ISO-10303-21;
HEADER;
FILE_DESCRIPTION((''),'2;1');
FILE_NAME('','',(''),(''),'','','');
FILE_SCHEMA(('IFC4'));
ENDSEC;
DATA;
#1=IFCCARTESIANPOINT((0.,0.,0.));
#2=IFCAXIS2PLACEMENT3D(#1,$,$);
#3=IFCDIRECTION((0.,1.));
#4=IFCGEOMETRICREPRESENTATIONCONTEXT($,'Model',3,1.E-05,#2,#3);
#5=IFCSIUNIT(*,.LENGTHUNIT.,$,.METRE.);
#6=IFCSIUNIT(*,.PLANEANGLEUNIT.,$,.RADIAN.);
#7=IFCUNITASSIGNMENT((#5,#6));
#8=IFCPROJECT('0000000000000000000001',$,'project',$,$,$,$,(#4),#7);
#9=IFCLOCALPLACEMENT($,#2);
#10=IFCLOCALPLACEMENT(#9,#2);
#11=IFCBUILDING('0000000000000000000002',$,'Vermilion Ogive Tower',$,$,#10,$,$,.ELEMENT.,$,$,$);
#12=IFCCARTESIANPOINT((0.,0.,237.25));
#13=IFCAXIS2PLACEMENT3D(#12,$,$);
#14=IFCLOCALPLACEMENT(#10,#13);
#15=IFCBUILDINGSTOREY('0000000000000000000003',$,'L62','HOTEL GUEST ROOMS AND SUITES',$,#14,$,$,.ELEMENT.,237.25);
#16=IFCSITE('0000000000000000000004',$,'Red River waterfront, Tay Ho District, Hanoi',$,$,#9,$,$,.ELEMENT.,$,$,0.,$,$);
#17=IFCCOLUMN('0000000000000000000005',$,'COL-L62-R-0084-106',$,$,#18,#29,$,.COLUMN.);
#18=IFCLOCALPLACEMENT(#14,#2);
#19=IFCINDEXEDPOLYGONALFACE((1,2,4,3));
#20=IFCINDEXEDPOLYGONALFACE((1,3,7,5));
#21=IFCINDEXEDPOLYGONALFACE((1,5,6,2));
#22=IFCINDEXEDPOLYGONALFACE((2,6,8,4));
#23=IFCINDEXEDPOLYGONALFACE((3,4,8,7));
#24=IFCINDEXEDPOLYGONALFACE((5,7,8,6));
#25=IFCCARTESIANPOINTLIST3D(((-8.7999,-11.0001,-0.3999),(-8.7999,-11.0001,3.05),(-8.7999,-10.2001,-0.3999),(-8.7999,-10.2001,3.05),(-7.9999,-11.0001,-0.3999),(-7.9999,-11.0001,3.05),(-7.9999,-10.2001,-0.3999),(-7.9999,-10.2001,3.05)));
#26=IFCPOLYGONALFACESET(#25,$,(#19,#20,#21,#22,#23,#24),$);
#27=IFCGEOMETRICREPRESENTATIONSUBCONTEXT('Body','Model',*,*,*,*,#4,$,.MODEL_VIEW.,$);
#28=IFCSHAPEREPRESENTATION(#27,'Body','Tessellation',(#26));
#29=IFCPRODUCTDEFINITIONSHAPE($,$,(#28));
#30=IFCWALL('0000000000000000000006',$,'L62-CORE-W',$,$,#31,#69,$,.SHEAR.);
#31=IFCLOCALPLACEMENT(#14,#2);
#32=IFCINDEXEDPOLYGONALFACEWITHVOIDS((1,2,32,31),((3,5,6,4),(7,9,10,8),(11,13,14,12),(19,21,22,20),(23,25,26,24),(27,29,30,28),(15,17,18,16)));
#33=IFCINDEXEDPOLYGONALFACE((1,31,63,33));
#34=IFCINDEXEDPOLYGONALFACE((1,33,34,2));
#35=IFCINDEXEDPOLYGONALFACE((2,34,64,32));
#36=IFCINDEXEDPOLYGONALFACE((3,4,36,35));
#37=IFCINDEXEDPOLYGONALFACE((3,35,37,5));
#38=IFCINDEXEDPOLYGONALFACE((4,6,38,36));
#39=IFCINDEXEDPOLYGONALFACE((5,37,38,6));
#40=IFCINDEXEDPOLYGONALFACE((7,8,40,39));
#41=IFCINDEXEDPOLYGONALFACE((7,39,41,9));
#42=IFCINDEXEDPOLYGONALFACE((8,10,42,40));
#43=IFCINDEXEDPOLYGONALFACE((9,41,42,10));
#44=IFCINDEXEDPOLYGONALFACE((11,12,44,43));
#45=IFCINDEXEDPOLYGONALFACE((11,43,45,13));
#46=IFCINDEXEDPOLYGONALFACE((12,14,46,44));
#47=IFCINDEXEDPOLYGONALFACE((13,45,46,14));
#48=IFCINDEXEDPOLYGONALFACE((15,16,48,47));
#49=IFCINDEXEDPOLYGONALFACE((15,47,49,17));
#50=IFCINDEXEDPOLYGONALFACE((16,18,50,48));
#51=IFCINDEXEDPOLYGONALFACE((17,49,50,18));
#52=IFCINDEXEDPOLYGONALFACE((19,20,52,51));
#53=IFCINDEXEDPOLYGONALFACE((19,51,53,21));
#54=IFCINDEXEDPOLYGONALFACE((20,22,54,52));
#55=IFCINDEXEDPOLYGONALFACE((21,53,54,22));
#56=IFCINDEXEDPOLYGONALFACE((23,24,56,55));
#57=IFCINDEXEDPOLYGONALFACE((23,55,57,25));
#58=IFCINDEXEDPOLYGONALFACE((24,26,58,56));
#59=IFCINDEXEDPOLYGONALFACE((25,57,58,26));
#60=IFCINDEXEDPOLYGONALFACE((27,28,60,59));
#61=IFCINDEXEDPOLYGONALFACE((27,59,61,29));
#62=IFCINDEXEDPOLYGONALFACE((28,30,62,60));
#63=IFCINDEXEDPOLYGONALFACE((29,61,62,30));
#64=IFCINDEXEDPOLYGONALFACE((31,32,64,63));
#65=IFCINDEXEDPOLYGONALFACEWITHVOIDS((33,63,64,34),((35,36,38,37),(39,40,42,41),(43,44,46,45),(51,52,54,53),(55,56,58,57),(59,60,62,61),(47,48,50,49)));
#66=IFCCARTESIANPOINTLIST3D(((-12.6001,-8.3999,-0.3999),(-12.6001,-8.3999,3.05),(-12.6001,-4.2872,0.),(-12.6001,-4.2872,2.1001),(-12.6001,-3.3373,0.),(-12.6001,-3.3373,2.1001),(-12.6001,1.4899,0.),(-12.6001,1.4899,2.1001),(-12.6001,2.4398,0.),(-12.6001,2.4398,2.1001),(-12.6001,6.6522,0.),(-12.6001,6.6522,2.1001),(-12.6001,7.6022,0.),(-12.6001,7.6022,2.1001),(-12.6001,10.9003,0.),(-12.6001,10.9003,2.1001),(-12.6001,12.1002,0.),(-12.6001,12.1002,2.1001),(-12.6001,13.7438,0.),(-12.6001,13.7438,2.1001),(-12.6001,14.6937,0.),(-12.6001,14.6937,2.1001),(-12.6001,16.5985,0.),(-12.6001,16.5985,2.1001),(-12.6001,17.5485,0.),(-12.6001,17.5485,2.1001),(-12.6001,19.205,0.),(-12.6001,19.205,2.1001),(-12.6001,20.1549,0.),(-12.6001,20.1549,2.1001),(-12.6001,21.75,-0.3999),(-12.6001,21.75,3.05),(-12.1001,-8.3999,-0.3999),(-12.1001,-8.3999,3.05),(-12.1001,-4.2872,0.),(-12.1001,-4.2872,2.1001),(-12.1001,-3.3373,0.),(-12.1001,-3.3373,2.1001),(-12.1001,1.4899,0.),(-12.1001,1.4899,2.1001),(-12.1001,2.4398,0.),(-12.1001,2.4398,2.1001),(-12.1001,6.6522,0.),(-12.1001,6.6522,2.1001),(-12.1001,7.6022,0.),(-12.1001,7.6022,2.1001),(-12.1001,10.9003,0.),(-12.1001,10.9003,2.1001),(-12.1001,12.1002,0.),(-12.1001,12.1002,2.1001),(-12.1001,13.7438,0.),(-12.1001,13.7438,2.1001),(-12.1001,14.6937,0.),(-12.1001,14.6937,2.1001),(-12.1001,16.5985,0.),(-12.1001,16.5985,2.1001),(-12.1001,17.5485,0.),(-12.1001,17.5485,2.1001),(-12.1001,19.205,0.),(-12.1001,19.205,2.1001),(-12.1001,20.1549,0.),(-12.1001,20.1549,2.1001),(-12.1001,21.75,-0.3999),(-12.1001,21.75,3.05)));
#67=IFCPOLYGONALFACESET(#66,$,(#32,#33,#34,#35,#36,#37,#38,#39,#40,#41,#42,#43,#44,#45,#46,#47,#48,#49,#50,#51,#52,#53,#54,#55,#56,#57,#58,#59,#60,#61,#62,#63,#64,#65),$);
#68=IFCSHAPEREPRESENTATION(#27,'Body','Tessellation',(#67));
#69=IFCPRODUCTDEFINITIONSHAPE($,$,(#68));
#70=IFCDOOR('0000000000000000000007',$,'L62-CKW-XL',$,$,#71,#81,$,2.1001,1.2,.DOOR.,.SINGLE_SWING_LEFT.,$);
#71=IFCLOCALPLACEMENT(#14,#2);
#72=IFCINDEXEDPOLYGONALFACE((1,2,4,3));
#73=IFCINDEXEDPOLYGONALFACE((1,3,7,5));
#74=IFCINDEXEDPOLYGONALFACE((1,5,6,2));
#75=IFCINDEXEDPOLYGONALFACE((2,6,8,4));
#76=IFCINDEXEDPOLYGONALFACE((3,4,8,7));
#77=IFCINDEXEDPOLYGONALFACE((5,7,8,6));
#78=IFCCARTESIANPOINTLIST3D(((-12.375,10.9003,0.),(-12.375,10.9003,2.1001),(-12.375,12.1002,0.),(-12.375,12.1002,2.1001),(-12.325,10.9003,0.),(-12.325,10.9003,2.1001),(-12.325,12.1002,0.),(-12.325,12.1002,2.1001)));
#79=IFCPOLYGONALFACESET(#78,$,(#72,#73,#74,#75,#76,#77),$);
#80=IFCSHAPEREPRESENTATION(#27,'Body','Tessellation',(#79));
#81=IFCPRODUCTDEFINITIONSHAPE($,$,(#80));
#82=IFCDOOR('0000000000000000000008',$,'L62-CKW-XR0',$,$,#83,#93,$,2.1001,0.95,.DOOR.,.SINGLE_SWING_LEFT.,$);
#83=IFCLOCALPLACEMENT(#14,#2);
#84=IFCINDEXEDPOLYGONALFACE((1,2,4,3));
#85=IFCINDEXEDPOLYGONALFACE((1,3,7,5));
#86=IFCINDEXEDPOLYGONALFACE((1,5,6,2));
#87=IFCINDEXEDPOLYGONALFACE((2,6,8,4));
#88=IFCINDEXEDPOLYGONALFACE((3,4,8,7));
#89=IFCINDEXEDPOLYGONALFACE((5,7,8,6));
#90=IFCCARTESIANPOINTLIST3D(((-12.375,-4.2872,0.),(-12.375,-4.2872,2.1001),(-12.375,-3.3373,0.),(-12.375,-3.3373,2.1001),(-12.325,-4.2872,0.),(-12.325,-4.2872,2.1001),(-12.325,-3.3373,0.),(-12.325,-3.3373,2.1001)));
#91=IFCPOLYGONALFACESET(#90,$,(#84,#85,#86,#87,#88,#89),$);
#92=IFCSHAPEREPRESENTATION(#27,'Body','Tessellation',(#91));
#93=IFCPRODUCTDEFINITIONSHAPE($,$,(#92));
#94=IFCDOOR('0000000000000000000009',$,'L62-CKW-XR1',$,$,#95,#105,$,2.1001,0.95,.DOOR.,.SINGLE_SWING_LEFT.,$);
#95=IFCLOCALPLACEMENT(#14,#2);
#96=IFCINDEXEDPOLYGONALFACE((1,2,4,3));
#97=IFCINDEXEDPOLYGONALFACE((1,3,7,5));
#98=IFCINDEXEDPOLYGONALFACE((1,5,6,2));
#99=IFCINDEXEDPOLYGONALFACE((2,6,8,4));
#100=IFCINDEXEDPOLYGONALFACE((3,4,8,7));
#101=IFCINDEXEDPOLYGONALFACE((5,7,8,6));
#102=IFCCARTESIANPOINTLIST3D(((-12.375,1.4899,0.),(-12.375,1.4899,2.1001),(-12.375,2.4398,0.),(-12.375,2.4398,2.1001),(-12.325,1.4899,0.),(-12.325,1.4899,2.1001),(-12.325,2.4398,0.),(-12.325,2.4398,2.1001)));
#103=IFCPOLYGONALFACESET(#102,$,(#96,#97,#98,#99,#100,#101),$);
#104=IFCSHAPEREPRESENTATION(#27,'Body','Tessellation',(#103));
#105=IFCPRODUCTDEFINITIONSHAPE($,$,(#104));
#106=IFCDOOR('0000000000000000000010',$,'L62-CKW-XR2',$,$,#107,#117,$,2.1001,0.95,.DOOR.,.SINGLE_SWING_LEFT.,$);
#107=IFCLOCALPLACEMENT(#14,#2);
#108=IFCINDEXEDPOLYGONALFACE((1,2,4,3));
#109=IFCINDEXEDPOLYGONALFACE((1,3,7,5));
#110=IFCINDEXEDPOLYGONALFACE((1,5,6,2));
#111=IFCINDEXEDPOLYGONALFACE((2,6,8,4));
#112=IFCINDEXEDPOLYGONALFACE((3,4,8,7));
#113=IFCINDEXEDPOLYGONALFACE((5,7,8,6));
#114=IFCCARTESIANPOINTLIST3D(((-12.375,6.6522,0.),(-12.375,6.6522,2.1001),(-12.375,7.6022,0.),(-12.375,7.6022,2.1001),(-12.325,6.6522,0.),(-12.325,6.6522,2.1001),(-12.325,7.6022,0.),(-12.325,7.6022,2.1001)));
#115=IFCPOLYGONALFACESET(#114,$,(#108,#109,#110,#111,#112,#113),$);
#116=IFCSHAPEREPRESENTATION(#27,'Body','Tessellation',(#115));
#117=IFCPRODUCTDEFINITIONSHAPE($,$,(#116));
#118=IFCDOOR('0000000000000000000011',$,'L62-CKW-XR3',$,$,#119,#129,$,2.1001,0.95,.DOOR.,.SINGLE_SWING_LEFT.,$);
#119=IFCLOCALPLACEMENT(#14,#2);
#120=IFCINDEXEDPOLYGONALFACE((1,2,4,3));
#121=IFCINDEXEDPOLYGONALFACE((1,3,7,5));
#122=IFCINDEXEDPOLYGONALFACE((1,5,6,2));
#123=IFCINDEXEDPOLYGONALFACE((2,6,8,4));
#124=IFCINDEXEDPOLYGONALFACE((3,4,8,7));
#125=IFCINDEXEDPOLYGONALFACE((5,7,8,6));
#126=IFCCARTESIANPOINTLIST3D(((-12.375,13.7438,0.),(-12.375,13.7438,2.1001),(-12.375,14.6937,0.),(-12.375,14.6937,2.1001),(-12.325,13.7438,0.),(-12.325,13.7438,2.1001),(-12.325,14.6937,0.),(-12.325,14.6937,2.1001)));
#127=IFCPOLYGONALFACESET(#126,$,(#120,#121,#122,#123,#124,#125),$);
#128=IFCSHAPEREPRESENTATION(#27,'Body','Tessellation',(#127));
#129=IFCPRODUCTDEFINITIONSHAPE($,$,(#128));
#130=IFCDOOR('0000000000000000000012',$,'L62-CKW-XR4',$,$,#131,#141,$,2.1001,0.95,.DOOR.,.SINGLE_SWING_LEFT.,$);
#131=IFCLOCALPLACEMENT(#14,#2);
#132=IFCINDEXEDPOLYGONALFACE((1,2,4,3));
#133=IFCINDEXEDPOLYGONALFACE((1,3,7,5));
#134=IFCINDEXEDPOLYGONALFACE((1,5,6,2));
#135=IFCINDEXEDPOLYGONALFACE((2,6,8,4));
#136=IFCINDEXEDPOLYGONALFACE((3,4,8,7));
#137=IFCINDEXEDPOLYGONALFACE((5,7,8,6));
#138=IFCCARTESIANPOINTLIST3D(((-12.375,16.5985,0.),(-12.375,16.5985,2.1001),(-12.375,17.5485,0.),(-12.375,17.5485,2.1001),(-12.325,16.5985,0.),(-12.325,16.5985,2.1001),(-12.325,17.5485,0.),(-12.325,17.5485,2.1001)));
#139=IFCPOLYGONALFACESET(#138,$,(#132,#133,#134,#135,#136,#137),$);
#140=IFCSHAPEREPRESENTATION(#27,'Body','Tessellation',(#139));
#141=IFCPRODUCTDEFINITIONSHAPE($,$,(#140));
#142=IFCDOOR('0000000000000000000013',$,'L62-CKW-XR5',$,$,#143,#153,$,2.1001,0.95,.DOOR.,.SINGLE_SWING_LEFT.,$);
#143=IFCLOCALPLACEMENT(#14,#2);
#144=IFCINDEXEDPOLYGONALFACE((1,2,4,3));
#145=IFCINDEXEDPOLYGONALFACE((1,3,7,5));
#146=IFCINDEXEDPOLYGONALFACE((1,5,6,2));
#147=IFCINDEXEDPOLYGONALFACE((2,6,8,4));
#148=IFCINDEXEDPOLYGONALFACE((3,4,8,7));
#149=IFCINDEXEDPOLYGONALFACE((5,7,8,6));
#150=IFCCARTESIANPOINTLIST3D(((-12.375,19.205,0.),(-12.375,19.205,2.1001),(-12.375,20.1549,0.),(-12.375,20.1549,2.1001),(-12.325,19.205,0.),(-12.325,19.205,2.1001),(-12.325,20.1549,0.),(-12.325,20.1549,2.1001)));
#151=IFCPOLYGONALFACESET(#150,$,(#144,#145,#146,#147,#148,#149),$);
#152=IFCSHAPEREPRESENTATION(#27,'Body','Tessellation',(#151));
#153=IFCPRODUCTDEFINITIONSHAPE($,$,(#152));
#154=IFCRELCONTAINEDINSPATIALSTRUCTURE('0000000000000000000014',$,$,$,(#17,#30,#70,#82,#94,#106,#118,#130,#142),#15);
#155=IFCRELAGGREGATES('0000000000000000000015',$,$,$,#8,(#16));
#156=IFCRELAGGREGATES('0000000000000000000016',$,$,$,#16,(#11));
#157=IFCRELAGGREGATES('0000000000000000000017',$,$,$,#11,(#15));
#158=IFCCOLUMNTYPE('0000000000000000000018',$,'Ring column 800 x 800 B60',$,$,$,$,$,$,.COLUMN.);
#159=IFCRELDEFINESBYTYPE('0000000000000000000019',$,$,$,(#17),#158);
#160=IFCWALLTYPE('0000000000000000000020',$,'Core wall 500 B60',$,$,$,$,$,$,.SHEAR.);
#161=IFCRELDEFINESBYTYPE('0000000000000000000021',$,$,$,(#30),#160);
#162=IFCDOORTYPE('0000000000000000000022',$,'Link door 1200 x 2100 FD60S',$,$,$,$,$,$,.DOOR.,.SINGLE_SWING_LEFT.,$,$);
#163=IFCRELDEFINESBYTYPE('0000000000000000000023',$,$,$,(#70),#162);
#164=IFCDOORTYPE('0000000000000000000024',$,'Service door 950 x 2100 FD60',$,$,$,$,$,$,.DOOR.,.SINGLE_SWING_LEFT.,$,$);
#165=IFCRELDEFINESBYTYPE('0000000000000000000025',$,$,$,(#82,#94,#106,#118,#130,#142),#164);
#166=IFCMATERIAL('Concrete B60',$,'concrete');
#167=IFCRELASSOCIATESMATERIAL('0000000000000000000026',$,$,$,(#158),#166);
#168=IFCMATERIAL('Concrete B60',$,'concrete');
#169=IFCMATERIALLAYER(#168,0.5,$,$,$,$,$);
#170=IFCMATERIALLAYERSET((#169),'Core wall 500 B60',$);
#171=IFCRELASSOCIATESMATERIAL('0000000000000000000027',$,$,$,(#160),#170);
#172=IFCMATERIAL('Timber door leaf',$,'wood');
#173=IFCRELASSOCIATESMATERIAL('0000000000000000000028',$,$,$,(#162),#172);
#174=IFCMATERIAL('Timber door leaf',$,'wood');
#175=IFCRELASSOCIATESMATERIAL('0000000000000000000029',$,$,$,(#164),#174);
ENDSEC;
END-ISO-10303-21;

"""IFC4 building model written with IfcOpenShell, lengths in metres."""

from ifc_helpers import new_model, si_unit, direction, frame, frame_2d, origin, origin_2d, place, context, subcontext, project, spatial, rectangle, extrude, material, layer, layer_set, material_profile, profile_set, type_object, element, fill, save


model = new_model("IFC4")

# Units and contexts
model_context = context("Model", 3, precision=1e-05, world=origin(), true_north=direction((0.0, 1.0)))
body_context = subcontext(model_context, "Body", "Model", "MODEL_VIEW")
ifc_project = project(units=[si_unit("LENGTHUNIT", "METRE"), si_unit("PLANEANGLEUNIT", "RADIAN")], contexts=[model_context])

# Site, building, storey
site_placement = place(None, origin())
site = spatial("IfcSite", under=ifc_project, at=site_placement, Name="Red River waterfront, Tay Ho District, Hanoi", CompositionType="ELEMENT", RefElevation=0.0)
building_placement = place(site_placement, origin())
building = spatial("IfcBuilding", under=site, at=building_placement, Name="Vermilion Ogive Tower", CompositionType="ELEMENT")
storey_placement = place(building_placement, frame((0.0, 0.0, 237.25)))
storey = spatial("IfcBuildingStorey", under=building, at=storey_placement, Name="L62", Description="HOTEL GUEST ROOMS AND SUITES", CompositionType="ELEMENT", Elevation=237.25)

# Column
ifc_material_1 = material(Name="Concrete B60", Category="concrete")
ifc_material_profile = material_profile(ifc_material_1, rectangle(XDim=0.8, YDim=0.8, at=origin_2d()), Name="800 x 800")
ifc_profile_set = profile_set([ifc_material_profile], Name="Concrete B60")
column_type = type_object("IfcColumnType", Name="Ring column 800 x 800 B60", PredefinedType="COLUMN", material=ifc_profile_set)
column_placement = place(storey_placement, frame((-8.3999, -10.6001, -0.3999), z_axis=(0.0, 0.0, 1.0), x_axis=(1.0, 0.0, 0.0)))
element("IfcColumn", 1, at=column_placement, inside=storey, type_object=column_type, Name="COL-L62-R-0084-106", PredefinedType="COLUMN", context=body_context, shape_type="SweptSolid", body=[
    extrude(rectangle(XDim=0.8, YDim=0.8, at=origin_2d()), origin(), (0.0, 0.0, 1.0), 3.45),
])

# Wall, openings, doors
ifc_material_2 = material(Name="Concrete B60", Category="concrete")
ifc_layer_1 = layer(ifc_material_2, 0.5)
ifc_layer_set_1 = layer_set([ifc_layer_1], Name="Core wall 500 B60")
wall_type_1 = type_object("IfcWallType", Name="Core wall 500 B60", PredefinedType="SHEAR", material=ifc_layer_set_1)
wall_1_placement = place(storey_placement, frame((-12.3501, -8.3999, -0.3999), z_axis=(0.0, 0.0, 1.0), x_axis=(0.0, 1.0, 0.0)))
wall_1 = element("IfcWall", 2, at=wall_1_placement, inside=storey, type_object=wall_type_1, Name="L62-CORE-W", PredefinedType="SHEAR", context=body_context, shape_type="SweptSolid", body=[
    extrude(rectangle(XDim=30.1499, YDim=0.5, at=frame_2d((15.075, 0.0))), origin(), (0.0, 0.0, 1.0), 3.45),
])
opening_1_placement = place(wall_1_placement, frame((4.1125, 0.0, 0.3999)))
opening_1 = element("IfcOpeningElement", 3, at=opening_1_placement, cuts=wall_1, PredefinedType="OPENING", context=body_context, shape_type="SweptSolid", body=[
    extrude(rectangle(XDim=0.95, YDim=2.1001, at=frame_2d((0.4751, 1.05))), frame((0.0, 0.26, 0.0), z_axis=(0.0, -1.0, 0.0), x_axis=(1.0, 0.0, 0.0)), (0.0, 0.0, 1.0), 0.52),
])
opening_2_placement = place(wall_1_placement, frame((9.8896, 0.0, 0.3999)))
opening_2 = element("IfcOpeningElement", 4, at=opening_2_placement, cuts=wall_1, PredefinedType="OPENING", context=body_context, shape_type="SweptSolid", body=[
    extrude(rectangle(XDim=0.95, YDim=2.1001, at=frame_2d((0.4751, 1.05))), frame((0.0, 0.26, 0.0), z_axis=(0.0, -1.0, 0.0), x_axis=(1.0, 0.0, 0.0)), (0.0, 0.0, 1.0), 0.52),
])
opening_3_placement = place(wall_1_placement, frame((15.052, 0.0, 0.3999)))
opening_3 = element("IfcOpeningElement", 5, at=opening_3_placement, cuts=wall_1, PredefinedType="OPENING", context=body_context, shape_type="SweptSolid", body=[
    extrude(rectangle(XDim=0.95, YDim=2.1001, at=frame_2d((0.4751, 1.05))), frame((0.0, 0.26, 0.0), z_axis=(0.0, -1.0, 0.0), x_axis=(1.0, 0.0, 0.0)), (0.0, 0.0, 1.0), 0.52),
])
opening_4_placement = place(wall_1_placement, frame((22.1436, 0.0, 0.3999)))
opening_4 = element("IfcOpeningElement", 6, at=opening_4_placement, cuts=wall_1, PredefinedType="OPENING", context=body_context, shape_type="SweptSolid", body=[
    extrude(rectangle(XDim=0.95, YDim=2.1001, at=frame_2d((0.4751, 1.05))), frame((0.0, 0.26, 0.0), z_axis=(0.0, -1.0, 0.0), x_axis=(1.0, 0.0, 0.0)), (0.0, 0.0, 1.0), 0.52),
])
opening_5_placement = place(wall_1_placement, frame((24.9983, 0.0, 0.3999)))
opening_5 = element("IfcOpeningElement", 7, at=opening_5_placement, cuts=wall_1, PredefinedType="OPENING", context=body_context, shape_type="SweptSolid", body=[
    extrude(rectangle(XDim=0.95, YDim=2.1001, at=frame_2d((0.4751, 1.05))), frame((0.0, 0.26, 0.0), z_axis=(0.0, -1.0, 0.0), x_axis=(1.0, 0.0, 0.0)), (0.0, 0.0, 1.0), 0.52),
])
opening_6_placement = place(wall_1_placement, frame((27.6047, 0.0, 0.3999)))
opening_6 = element("IfcOpeningElement", 8, at=opening_6_placement, cuts=wall_1, PredefinedType="OPENING", context=body_context, shape_type="SweptSolid", body=[
    extrude(rectangle(XDim=0.95, YDim=2.1001, at=frame_2d((0.4751, 1.05))), frame((0.0, 0.26, 0.0), z_axis=(0.0, -1.0, 0.0), x_axis=(1.0, 0.0, 0.0)), (0.0, 0.0, 1.0), 0.52),
])
opening_7_placement = place(wall_1_placement, frame((19.3, 0.0, 0.3999)))
opening_7 = element("IfcOpeningElement", 9, at=opening_7_placement, cuts=wall_1, PredefinedType="OPENING", context=body_context, shape_type="SweptSolid", body=[
    extrude(rectangle(XDim=1.2, YDim=2.1001, at=frame_2d((0.6001, 1.05))), frame((0.0, 0.26, 0.0), z_axis=(0.0, -1.0, 0.0), x_axis=(1.0, 0.0, 0.0)), (0.0, 0.0, 1.0), 0.52),
])
ifc_material_3 = material(Name="Timber door leaf", Category="wood")
door_type_1 = type_object("IfcDoorType", Name="Link door 1200 x 2100 FD60S", OperationType="SINGLE_SWING_LEFT", PredefinedType="DOOR", material=ifc_material_3)
door_1_placement = place(opening_7_placement, origin())
door_1 = element("IfcDoor", 10, at=door_1_placement, inside=storey, type_object=door_type_1, Name="L62-CKW-XL", OperationType="SINGLE_SWING_LEFT", OverallHeight=2.1001, OverallWidth=1.2, PredefinedType="DOOR", context=body_context, shape_type="SweptSolid", body=[
    extrude(rectangle(XDim=1.2, YDim=2.1001, at=frame_2d((0.6001, 1.05))), frame((0.0, 0.0249, 0.0), z_axis=(0.0, -1.0, 0.0), x_axis=(1.0, 0.0, 0.0)), (0.0, 0.0, 1.0), 0.05),
])
fill(opening_7, door_1)
ifc_material_4 = material(Name="Timber door leaf", Category="wood")
door_type_2 = type_object("IfcDoorType", Name="Service door 950 x 2100 FD60", OperationType="SINGLE_SWING_LEFT", PredefinedType="DOOR", material=ifc_material_4)
door_2_placement = place(opening_1_placement, origin())
door_2 = element("IfcDoor", 11, at=door_2_placement, inside=storey, type_object=door_type_2, Name="L62-CKW-XR0", OperationType="SINGLE_SWING_LEFT", OverallHeight=2.1001, OverallWidth=0.95, PredefinedType="DOOR", context=body_context, shape_type="SweptSolid", body=[
    extrude(rectangle(XDim=0.95, YDim=2.1001, at=frame_2d((0.4751, 1.05))), frame((0.0, 0.0249, 0.0), z_axis=(0.0, -1.0, 0.0), x_axis=(1.0, 0.0, 0.0)), (0.0, 0.0, 1.0), 0.05),
])
fill(opening_1, door_2)
door_3_placement = place(opening_2_placement, origin())
door_3 = element("IfcDoor", 12, at=door_3_placement, inside=storey, type_object=door_type_2, Name="L62-CKW-XR1", OperationType="SINGLE_SWING_LEFT", OverallHeight=2.1001, OverallWidth=0.95, PredefinedType="DOOR", context=body_context, shape_type="SweptSolid", body=[
    extrude(rectangle(XDim=0.95, YDim=2.1001, at=frame_2d((0.4751, 1.05))), frame((0.0, 0.0249, 0.0), z_axis=(0.0, -1.0, 0.0), x_axis=(1.0, 0.0, 0.0)), (0.0, 0.0, 1.0), 0.05),
])
fill(opening_2, door_3)
door_4_placement = place(opening_3_placement, origin())
door_4 = element("IfcDoor", 13, at=door_4_placement, inside=storey, type_object=door_type_2, Name="L62-CKW-XR2", OperationType="SINGLE_SWING_LEFT", OverallHeight=2.1001, OverallWidth=0.95, PredefinedType="DOOR", context=body_context, shape_type="SweptSolid", body=[
    extrude(rectangle(XDim=0.95, YDim=2.1001, at=frame_2d((0.4751, 1.05))), frame((0.0, 0.0249, 0.0), z_axis=(0.0, -1.0, 0.0), x_axis=(1.0, 0.0, 0.0)), (0.0, 0.0, 1.0), 0.05),
])
fill(opening_3, door_4)
door_5_placement = place(opening_4_placement, origin())
door_5 = element("IfcDoor", 14, at=door_5_placement, inside=storey, type_object=door_type_2, Name="L62-CKW-XR3", OperationType="SINGLE_SWING_LEFT", OverallHeight=2.1001, OverallWidth=0.95, PredefinedType="DOOR", context=body_context, shape_type="SweptSolid", body=[
    extrude(rectangle(XDim=0.95, YDim=2.1001, at=frame_2d((0.4751, 1.05))), frame((0.0, 0.0249, 0.0), z_axis=(0.0, -1.0, 0.0), x_axis=(1.0, 0.0, 0.0)), (0.0, 0.0, 1.0), 0.05),
])
fill(opening_4, door_5)
door_6_placement = place(opening_5_placement, origin())
door_6 = element("IfcDoor", 15, at=door_6_placement, inside=storey, type_object=door_type_2, Name="L62-CKW-XR4", OperationType="SINGLE_SWING_LEFT", OverallHeight=2.1001, OverallWidth=0.95, PredefinedType="DOOR", context=body_context, shape_type="SweptSolid", body=[
    extrude(rectangle(XDim=0.95, YDim=2.1001, at=frame_2d((0.4751, 1.05))), frame((0.0, 0.0249, 0.0), z_axis=(0.0, -1.0, 0.0), x_axis=(1.0, 0.0, 0.0)), (0.0, 0.0, 1.0), 0.05),
])
fill(opening_5, door_6)
door_7_placement = place(opening_6_placement, origin())
door_7 = element("IfcDoor", 16, at=door_7_placement, inside=storey, type_object=door_type_2, Name="L62-CKW-XR5", OperationType="SINGLE_SWING_LEFT", OverallHeight=2.1001, OverallWidth=0.95, PredefinedType="DOOR", context=body_context, shape_type="SweptSolid", body=[
    extrude(rectangle(XDim=0.95, YDim=2.1001, at=frame_2d((0.4751, 1.05))), frame((0.0, 0.0249, 0.0), z_axis=(0.0, -1.0, 0.0), x_axis=(1.0, 0.0, 0.0)), (0.0, 0.0, 1.0), 0.05),
])
fill(opening_6, door_7)

save(model, "model.ifc")
